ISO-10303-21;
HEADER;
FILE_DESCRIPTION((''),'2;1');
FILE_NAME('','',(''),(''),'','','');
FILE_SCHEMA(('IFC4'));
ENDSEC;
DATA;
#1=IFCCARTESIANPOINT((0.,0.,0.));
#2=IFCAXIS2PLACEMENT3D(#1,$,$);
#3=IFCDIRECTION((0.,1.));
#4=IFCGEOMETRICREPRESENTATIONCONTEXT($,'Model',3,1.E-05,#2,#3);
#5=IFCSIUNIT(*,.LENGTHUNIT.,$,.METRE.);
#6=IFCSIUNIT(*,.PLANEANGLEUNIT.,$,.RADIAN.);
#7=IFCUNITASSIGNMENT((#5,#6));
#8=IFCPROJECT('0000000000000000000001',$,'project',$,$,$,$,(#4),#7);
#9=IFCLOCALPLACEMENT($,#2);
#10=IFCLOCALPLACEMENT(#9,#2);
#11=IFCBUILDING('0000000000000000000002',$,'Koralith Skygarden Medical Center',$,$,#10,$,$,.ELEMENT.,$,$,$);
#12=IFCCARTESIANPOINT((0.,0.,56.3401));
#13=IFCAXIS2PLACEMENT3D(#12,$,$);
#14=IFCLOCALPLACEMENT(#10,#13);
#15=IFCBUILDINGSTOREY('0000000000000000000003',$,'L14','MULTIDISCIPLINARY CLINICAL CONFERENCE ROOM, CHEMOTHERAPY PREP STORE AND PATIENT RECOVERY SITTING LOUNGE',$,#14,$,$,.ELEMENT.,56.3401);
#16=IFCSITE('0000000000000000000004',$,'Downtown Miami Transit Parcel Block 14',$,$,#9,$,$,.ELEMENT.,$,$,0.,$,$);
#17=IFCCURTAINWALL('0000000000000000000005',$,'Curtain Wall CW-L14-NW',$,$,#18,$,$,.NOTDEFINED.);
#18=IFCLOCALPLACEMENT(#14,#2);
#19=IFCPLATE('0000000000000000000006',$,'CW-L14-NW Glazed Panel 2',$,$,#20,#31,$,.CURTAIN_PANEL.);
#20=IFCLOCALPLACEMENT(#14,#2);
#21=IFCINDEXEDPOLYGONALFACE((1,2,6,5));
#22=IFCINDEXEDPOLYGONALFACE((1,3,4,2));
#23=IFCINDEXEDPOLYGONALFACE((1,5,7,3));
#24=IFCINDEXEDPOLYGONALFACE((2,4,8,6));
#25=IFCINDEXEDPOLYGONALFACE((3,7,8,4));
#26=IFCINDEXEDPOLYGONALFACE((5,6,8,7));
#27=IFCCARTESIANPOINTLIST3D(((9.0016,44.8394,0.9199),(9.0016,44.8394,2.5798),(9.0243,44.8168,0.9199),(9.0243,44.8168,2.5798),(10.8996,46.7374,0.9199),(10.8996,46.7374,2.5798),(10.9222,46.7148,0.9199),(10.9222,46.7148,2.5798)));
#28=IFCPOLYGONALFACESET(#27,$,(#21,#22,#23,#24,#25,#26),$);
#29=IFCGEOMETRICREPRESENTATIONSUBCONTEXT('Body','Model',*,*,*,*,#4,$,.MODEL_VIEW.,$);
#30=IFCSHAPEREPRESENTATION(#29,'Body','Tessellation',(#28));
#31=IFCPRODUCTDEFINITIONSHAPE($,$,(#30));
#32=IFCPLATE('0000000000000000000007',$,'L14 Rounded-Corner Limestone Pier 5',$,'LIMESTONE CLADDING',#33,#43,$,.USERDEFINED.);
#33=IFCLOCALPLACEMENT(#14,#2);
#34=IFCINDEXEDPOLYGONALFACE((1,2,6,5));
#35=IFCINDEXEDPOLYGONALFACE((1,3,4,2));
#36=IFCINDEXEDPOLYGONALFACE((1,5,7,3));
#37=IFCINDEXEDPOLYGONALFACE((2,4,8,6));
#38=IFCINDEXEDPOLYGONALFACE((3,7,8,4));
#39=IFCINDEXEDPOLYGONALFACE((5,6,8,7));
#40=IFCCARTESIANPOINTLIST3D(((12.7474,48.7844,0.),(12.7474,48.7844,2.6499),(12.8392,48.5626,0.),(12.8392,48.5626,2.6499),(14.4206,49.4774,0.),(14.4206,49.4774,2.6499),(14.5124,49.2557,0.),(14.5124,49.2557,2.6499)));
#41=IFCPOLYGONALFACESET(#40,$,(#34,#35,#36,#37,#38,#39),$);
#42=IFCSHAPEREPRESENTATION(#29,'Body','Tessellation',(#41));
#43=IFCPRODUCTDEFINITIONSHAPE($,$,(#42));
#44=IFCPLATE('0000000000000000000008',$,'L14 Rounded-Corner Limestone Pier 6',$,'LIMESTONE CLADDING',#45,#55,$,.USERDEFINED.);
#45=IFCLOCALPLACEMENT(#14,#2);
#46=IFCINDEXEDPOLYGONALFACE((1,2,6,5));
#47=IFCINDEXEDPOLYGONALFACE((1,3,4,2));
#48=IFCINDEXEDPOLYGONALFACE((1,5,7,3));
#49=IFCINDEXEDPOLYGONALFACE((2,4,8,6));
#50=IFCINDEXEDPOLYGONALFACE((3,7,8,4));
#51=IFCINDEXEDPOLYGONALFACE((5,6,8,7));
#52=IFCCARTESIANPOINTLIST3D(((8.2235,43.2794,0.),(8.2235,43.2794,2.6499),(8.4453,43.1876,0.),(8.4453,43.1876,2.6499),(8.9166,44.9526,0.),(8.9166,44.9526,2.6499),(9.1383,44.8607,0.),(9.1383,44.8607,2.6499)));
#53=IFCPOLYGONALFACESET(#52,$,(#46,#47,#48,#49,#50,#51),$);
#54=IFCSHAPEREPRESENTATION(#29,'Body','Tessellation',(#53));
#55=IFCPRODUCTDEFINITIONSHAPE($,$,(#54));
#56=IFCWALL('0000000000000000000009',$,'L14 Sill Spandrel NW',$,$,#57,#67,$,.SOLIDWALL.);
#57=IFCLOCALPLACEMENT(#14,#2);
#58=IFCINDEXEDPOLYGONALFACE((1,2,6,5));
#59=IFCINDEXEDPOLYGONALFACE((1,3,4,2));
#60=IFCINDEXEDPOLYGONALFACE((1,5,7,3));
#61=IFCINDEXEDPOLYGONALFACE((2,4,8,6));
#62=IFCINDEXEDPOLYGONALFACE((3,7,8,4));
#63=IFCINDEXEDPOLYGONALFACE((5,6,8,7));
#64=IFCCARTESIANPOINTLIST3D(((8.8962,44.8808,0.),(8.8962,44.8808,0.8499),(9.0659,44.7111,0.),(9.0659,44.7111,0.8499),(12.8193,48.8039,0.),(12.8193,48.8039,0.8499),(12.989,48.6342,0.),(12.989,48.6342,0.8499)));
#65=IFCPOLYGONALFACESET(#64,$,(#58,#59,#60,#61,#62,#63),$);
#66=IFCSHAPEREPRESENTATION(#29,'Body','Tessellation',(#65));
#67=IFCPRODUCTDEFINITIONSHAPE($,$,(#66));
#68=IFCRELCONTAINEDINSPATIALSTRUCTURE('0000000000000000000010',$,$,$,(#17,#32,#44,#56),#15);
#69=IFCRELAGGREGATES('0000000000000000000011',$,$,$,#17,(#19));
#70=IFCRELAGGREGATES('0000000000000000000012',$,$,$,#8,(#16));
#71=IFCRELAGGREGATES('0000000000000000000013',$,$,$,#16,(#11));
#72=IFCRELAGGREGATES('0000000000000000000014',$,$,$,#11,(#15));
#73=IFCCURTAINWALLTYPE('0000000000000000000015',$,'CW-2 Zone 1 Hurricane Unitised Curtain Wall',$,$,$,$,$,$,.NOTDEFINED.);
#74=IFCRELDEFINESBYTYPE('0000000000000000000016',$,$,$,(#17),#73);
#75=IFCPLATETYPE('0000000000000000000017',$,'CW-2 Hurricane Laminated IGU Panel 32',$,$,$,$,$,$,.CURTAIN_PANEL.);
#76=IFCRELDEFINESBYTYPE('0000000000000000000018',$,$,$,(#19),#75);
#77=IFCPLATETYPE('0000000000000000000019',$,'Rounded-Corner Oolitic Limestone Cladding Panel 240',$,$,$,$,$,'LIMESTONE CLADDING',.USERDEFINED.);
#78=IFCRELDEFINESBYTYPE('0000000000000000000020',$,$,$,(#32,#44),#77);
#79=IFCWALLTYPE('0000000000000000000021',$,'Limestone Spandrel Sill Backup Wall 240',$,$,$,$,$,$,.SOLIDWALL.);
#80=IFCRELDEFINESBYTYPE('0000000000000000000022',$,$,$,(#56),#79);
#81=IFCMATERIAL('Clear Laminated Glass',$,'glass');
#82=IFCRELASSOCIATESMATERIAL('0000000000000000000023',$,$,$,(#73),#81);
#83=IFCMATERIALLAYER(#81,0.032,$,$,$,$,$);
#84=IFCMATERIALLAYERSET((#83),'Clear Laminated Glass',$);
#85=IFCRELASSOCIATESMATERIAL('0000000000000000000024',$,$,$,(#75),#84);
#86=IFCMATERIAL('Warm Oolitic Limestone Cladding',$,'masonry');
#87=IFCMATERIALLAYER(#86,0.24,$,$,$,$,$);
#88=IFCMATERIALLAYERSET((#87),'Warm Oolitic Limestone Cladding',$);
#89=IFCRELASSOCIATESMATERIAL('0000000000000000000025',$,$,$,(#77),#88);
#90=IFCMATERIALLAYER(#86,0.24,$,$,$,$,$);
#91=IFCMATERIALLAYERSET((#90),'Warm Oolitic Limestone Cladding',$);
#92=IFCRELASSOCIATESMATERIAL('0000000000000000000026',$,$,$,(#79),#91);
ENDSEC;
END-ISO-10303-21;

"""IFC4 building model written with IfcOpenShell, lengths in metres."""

from ifc_helpers import new_model, si_unit, direction, frame, frame_2d, origin, origin_2d, place, context, subcontext, project, spatial, rectangle, extrude, material, layer, layer_set, type_object, element, aggregate, save


model = new_model("IFC4")

# Units and contexts
model_context = context("Model", 3, precision=1e-05, world=origin(), true_north=direction((0.0, 1.0)))
body_context = subcontext(model_context, "Body", "Model", "MODEL_VIEW")
ifc_project = project(units=[si_unit("LENGTHUNIT", "METRE"), si_unit("PLANEANGLEUNIT", "RADIAN")], contexts=[model_context])

# Site, building, storey
site_placement = place(None, origin())
site = spatial("IfcSite", under=ifc_project, at=site_placement, Name="Downtown Miami Transit Parcel Block 14", CompositionType="ELEMENT", RefElevation=0.0)
building_placement = place(site_placement, origin())
building = spatial("IfcBuilding", under=site, at=building_placement, Name="Koralith Skygarden Medical Center", CompositionType="ELEMENT")
storey_placement = place(building_placement, frame((0.0, 0.0, 56.3401)))
storey = spatial("IfcBuildingStorey", under=building, at=storey_placement, Name="L14", Description="MULTIDISCIPLINARY CLINICAL CONFERENCE ROOM, CHEMOTHERAPY PREP STORE AND PATIENT RECOVERY SITTING LOUNGE", CompositionType="ELEMENT", Elevation=56.3401)

# Shared definitions
ifc_material_1 = material(Name="Clear Laminated Glass", Category="glass")
curtain_wall_type = type_object("IfcCurtainWallType", Name="CW-2 Zone 1 Hurricane Unitised Curtain Wall", PredefinedType="NOTDEFINED", material=ifc_material_1)

# Curtain wall
curtain_wall_1_placement = place(storey_placement, origin())
curtain_wall_1 = element("IfcCurtainWall", 1, at=curtain_wall_1_placement, inside=storey, type_object=curtain_wall_type, Name="Curtain Wall CW-L14-NW", PredefinedType="NOTDEFINED")

# Plate
ifc_layer_1 = layer(ifc_material_1, 0.032)
ifc_layer_set_1 = layer_set([ifc_layer_1], Name="Clear Laminated Glass")
plate_type_1 = type_object("IfcPlateType", Name="CW-2 Hurricane Laminated IGU Panel 32", PredefinedType="CURTAIN_PANEL", material=ifc_layer_set_1)
plate_1_placement = place(storey_placement, frame((9.9619, 45.7771, 0.9199), z_axis=(0.0, 0.0, 1.0), x_axis=(-0.707107, -0.707107, 0.0)))
plate_1 = element("IfcPlate", 2, at=plate_1_placement, type_object=plate_type_1, Name="CW-L14-NW Glazed Panel 2", PredefinedType="CURTAIN_PANEL", context=body_context, shape_type="SweptSolid", body=[
    extrude(rectangle(XDim=2.6841, YDim=0.032, at=origin_2d()), origin(), (0.0, 0.0, 1.0), 1.6599),
])
aggregate(curtain_wall_1, [plate_1])

# Plates
ifc_material_2 = material(Name="Warm Oolitic Limestone Cladding", Category="masonry")
ifc_layer_2 = layer(ifc_material_2, 0.24)
ifc_layer_set_2 = layer_set([ifc_layer_2], Name="Warm Oolitic Limestone Cladding")
plate_type_2 = type_object("IfcPlateType", Name="Rounded-Corner Oolitic Limestone Cladding Panel 240", ElementType="LIMESTONE CLADDING", PredefinedType="USERDEFINED", material=ifc_layer_set_2)
for number, where, z_axis, x_axis, name in (
    (3, (13.6299, 49.02, 0.0), (0.0, 0.0, 1.0), (-0.923885, -0.382671, 0.0), "L14 Rounded-Corner Limestone Pier 5"),
    (4, (8.6809, 44.0701, 0.0), (0.0, 0.0, 1.0), (-0.382671, -0.923885, 0.0), "L14 Rounded-Corner Limestone Pier 6"),
):
    element("IfcPlate", number, at=place(storey_placement, frame(where, z_axis=z_axis, x_axis=x_axis)), inside=storey, type_object=plate_type_2, Name=name, ObjectType="LIMESTONE CLADDING", PredefinedType="USERDEFINED", context=body_context, shape_type="SweptSolid", body=[
        extrude(rectangle(XDim=1.811, YDim=0.24, at=origin_2d()), origin(), (0.0, 0.0, 1.0), 2.6499),
    ])

# Wall
ifc_layer_3 = layer(ifc_material_2, 0.24)
ifc_layer_set_3 = layer_set([ifc_layer_3], Name="Warm Oolitic Limestone Cladding")
wall_type = type_object("IfcWallType", Name="Limestone Spandrel Sill Backup Wall 240", PredefinedType="SOLIDWALL", material=ifc_layer_set_3)
wall_placement = place(storey_placement, frame((12.9041, 48.719, 0.0), z_axis=(0.0, 0.0, 1.0), x_axis=(-0.707107, -0.707107, 0.0)))
element("IfcWall", 5, at=wall_placement, inside=storey, type_object=wall_type, Name="L14 Sill Spandrel NW", PredefinedType="SOLIDWALL", context=body_context, shape_type="SweptSolid", body=[
    extrude(rectangle(XDim=5.5481, YDim=0.24, at=frame_2d((2.7739, 0.0))), origin(), (0.0, 0.0, 1.0), 0.8499),
])

save(model, "model.ifc")
